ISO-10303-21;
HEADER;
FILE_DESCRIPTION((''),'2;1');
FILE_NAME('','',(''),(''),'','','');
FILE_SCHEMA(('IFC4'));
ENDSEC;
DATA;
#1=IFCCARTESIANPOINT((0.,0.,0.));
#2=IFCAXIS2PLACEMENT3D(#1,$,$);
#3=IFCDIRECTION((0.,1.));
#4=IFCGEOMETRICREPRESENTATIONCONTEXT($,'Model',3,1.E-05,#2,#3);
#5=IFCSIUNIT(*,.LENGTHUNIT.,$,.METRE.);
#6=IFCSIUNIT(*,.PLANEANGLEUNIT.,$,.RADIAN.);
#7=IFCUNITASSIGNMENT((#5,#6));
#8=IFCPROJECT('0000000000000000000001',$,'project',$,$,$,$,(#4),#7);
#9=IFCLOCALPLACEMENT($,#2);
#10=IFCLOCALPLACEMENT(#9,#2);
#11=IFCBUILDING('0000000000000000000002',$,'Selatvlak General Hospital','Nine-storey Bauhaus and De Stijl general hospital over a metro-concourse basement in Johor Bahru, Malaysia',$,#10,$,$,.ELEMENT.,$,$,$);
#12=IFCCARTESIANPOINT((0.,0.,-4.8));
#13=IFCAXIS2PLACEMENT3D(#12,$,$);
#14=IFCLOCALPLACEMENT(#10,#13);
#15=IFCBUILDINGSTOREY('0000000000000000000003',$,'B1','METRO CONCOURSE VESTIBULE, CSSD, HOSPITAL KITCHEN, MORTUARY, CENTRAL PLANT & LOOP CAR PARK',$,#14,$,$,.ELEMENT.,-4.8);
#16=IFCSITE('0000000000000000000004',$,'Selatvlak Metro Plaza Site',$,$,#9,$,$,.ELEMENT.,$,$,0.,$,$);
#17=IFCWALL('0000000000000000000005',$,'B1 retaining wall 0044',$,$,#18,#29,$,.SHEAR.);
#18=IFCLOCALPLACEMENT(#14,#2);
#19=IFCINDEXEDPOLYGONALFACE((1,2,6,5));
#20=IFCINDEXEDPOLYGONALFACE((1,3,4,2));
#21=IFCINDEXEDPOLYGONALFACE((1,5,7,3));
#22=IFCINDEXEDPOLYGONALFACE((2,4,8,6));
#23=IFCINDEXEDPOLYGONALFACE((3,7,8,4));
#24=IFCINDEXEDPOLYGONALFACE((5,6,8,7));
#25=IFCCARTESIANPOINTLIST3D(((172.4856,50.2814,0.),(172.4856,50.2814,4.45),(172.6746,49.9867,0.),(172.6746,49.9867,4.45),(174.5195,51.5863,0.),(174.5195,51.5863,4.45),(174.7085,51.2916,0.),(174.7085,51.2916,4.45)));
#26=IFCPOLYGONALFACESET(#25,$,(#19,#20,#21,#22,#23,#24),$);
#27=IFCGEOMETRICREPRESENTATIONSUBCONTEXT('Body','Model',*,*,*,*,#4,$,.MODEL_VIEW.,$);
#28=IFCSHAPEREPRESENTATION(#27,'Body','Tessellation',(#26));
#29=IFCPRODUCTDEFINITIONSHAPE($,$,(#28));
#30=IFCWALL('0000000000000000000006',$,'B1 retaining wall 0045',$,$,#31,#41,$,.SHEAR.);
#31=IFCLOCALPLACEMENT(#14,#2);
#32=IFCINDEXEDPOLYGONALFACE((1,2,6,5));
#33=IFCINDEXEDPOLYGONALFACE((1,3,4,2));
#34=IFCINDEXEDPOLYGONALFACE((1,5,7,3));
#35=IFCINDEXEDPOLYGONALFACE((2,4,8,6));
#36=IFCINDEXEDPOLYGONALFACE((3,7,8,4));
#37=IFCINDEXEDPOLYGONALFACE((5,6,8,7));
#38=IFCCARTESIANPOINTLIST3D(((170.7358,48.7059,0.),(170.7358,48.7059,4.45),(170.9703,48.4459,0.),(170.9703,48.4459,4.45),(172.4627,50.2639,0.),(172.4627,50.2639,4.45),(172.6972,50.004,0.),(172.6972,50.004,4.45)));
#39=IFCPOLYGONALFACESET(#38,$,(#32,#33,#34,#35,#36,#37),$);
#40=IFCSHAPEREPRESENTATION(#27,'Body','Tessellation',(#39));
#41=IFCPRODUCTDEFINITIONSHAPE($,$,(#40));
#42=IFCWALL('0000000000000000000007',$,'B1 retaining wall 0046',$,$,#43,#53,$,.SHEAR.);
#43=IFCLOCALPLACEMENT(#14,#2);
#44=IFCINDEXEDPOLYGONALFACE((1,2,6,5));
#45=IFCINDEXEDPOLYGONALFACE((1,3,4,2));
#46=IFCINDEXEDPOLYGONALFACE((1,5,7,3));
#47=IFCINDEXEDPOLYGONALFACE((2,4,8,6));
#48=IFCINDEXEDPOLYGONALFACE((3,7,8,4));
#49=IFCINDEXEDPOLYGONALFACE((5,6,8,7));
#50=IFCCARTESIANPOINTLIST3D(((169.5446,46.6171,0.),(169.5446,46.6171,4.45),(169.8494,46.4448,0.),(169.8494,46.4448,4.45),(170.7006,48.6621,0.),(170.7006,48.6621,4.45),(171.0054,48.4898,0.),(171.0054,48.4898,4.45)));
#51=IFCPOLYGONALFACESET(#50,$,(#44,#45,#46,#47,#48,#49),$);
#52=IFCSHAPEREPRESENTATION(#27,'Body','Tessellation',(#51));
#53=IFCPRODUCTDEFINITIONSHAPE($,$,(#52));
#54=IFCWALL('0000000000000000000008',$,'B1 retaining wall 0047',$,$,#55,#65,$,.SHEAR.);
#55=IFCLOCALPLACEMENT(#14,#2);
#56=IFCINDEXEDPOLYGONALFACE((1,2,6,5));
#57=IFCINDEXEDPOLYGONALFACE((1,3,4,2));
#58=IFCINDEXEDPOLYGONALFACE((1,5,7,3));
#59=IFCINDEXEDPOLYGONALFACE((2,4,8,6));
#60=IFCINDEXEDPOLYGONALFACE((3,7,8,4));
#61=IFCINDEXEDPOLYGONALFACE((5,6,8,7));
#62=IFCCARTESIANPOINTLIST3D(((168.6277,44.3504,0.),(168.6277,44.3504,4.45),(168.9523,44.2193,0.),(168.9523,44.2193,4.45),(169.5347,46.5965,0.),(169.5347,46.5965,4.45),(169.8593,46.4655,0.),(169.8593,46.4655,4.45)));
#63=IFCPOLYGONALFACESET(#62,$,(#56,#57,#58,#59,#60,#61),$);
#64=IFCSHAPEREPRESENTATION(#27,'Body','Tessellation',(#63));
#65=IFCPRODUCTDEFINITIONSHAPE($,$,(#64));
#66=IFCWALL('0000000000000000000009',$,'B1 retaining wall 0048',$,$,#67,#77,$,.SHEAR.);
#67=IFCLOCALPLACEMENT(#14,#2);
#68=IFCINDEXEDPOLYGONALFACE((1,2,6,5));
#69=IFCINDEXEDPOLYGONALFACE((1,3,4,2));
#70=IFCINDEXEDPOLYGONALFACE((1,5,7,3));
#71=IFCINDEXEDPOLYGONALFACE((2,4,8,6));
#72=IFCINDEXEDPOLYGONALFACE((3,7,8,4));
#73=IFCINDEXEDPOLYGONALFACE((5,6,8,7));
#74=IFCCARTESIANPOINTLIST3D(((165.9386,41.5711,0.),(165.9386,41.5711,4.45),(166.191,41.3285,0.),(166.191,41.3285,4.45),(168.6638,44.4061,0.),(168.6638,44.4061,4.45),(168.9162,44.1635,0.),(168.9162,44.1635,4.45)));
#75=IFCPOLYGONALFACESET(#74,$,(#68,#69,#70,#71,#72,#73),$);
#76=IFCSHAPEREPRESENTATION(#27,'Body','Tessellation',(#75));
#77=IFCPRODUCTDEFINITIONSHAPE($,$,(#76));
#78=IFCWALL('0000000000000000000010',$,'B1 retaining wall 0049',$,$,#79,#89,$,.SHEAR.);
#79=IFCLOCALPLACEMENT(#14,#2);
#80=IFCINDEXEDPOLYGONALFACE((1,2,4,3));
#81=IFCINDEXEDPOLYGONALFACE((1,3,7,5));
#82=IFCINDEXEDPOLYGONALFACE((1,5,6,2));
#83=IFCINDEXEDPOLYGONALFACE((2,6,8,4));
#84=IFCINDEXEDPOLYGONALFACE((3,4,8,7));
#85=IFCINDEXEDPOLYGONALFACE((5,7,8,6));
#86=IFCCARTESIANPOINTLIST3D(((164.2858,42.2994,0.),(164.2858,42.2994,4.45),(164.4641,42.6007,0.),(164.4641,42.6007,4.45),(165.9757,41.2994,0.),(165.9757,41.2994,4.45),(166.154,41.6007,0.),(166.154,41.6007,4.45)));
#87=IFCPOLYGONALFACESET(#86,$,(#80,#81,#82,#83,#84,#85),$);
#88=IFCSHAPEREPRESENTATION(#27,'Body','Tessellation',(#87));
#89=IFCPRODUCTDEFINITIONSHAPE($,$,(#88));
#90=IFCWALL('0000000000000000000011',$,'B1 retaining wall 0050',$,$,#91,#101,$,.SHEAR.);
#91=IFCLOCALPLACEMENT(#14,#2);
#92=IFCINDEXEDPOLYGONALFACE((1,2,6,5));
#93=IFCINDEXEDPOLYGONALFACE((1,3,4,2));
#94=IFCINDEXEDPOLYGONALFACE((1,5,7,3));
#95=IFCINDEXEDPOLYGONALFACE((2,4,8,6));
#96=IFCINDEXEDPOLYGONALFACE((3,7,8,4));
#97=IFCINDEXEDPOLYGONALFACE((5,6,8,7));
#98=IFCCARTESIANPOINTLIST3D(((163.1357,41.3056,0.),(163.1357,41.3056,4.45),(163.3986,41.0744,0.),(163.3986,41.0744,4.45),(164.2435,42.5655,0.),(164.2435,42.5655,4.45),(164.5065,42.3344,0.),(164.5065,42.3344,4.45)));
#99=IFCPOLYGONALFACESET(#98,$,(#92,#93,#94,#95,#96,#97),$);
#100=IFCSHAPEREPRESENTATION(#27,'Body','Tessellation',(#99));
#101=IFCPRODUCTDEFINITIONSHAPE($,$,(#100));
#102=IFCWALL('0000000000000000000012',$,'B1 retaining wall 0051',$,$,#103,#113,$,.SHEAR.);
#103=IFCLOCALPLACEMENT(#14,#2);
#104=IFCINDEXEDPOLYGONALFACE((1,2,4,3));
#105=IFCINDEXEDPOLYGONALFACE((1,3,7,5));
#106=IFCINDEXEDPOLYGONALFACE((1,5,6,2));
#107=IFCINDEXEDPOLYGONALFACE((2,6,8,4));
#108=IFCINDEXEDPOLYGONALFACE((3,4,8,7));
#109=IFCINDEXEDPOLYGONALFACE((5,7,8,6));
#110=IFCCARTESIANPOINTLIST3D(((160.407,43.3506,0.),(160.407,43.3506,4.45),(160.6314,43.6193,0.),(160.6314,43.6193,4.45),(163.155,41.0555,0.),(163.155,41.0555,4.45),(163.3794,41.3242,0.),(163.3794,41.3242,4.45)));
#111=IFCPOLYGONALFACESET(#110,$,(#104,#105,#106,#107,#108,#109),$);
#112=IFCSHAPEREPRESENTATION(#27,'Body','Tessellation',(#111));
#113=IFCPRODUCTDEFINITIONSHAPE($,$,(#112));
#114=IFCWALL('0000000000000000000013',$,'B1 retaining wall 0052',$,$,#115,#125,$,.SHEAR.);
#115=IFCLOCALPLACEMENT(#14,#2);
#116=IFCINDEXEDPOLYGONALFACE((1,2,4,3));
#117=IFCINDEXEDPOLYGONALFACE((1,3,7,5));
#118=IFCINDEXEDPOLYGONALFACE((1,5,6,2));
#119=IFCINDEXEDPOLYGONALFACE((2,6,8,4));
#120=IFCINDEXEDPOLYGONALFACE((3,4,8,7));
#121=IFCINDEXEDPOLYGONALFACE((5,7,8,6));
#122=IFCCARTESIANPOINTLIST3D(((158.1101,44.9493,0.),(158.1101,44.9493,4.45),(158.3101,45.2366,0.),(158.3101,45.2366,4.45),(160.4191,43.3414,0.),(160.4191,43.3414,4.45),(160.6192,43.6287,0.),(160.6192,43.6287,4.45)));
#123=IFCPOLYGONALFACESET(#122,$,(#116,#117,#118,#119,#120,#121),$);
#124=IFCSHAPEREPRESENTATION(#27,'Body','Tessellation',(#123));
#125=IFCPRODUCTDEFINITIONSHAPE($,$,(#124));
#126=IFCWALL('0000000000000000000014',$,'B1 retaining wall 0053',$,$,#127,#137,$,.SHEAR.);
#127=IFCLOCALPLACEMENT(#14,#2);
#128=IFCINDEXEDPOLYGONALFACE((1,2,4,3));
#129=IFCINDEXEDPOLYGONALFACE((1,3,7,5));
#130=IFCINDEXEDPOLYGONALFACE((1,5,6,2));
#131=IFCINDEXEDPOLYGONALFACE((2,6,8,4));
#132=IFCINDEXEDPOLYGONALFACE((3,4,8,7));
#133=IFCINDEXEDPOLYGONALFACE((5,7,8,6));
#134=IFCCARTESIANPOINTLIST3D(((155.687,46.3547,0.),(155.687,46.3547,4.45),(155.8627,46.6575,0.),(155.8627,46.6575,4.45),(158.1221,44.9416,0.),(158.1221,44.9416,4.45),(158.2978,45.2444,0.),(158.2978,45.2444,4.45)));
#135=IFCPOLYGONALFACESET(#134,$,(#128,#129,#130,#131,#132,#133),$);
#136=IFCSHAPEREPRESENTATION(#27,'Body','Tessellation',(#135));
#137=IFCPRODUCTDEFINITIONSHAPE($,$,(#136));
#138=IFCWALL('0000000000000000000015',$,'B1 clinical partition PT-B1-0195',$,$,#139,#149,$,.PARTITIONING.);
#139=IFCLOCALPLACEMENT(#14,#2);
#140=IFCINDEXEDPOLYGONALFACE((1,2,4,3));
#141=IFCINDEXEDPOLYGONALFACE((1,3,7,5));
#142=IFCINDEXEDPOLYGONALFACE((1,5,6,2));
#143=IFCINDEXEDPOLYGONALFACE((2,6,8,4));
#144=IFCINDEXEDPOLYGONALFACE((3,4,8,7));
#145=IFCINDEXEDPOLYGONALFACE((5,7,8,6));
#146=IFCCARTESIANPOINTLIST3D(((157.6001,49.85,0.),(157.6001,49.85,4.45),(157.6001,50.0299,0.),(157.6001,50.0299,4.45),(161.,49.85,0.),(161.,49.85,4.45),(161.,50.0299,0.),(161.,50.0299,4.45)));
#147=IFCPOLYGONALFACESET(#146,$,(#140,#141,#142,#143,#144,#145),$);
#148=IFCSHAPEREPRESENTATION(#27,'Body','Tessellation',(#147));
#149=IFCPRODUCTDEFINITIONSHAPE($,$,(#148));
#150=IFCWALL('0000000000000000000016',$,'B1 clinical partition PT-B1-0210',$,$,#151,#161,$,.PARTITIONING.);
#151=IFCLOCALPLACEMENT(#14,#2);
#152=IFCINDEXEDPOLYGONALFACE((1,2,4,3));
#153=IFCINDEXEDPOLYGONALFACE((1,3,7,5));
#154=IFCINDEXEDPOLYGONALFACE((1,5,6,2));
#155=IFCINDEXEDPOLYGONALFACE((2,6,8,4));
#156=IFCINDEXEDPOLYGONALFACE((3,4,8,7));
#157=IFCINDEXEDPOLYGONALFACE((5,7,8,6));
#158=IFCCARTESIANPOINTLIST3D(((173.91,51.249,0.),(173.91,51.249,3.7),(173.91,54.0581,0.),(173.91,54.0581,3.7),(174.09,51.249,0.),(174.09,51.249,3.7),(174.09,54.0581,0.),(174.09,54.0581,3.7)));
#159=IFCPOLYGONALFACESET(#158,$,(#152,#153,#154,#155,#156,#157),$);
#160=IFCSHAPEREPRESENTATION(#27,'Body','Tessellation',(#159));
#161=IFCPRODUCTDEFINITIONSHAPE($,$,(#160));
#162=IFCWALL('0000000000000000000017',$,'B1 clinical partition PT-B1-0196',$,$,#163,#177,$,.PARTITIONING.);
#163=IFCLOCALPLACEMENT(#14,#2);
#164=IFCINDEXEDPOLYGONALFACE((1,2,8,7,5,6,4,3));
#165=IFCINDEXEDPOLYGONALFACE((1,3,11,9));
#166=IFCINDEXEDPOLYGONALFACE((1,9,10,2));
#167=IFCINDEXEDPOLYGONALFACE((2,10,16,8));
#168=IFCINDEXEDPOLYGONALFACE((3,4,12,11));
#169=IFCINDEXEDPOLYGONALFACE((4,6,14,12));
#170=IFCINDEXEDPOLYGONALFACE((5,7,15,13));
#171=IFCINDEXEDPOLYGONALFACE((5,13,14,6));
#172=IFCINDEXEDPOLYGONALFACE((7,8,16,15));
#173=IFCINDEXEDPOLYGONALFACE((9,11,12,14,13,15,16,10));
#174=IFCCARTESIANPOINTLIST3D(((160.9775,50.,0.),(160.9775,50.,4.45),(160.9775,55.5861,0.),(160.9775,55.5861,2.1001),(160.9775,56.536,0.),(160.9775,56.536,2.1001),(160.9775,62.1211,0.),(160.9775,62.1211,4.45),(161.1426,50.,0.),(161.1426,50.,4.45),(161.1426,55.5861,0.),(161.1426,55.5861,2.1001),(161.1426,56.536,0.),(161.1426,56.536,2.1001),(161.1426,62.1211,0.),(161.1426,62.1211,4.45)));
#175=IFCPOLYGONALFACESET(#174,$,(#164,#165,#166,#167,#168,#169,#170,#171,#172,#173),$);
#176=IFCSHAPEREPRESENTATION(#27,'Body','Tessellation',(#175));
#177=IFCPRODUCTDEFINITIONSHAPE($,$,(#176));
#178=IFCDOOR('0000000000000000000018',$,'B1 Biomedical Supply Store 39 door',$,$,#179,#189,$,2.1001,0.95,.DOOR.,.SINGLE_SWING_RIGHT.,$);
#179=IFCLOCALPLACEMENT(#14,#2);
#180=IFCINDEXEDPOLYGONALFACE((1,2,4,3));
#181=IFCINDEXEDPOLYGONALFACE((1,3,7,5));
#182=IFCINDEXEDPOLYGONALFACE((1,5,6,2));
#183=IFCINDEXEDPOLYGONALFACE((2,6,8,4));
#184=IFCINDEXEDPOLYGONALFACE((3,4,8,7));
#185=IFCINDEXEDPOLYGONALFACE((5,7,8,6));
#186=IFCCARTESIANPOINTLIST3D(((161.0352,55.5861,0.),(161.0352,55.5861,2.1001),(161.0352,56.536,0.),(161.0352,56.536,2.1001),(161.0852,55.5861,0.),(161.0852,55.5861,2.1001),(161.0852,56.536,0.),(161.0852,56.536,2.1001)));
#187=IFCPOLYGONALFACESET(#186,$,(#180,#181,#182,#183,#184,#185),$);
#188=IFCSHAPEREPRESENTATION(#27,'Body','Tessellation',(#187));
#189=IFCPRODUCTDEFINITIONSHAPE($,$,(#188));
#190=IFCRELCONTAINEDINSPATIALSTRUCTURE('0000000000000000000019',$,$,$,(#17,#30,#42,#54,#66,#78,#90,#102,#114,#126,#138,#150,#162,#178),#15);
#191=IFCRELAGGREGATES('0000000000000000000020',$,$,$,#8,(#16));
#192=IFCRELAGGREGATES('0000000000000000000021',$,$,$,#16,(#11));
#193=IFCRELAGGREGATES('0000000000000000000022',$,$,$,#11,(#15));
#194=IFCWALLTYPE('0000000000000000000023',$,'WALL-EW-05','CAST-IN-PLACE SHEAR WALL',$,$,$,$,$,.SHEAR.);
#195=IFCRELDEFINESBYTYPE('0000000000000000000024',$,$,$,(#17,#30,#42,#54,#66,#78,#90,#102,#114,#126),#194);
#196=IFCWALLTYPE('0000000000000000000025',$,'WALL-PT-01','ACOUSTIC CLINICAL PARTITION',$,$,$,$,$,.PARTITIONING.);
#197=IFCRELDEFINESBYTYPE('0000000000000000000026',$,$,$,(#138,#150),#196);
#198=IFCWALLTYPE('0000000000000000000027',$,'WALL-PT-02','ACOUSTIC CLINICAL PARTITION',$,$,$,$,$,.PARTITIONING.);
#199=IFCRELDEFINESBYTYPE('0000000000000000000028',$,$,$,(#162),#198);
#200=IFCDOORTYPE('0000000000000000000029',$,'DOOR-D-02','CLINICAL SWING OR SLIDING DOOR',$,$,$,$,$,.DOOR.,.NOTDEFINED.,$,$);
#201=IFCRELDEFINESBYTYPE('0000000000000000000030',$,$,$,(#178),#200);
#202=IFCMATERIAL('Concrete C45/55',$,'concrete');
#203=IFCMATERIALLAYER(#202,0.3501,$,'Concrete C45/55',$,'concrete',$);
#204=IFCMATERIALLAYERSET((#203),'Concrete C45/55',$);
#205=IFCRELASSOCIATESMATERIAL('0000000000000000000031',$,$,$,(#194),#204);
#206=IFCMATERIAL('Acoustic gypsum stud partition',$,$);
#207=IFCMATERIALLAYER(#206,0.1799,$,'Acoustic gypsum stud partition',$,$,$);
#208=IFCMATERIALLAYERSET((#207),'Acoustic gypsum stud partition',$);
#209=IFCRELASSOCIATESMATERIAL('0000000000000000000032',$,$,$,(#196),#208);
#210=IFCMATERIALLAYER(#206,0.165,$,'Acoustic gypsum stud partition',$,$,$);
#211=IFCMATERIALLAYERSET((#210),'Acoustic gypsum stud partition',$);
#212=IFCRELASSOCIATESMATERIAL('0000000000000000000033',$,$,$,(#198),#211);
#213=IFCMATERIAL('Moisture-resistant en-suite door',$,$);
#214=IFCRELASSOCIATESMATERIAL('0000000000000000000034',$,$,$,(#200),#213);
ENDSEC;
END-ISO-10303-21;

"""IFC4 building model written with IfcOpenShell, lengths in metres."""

from ifc_helpers import new_model, si_unit, direction, frame, frame_2d, origin, place, context, subcontext, project, spatial, rectangle, extrude, material, layer, layer_set, type_object, element, fill, save


model = new_model("IFC4")

# Units and contexts
model_context = context("Model", 3, precision=1e-05, world=origin(), true_north=direction((0.0, 1.0)))
body_context = subcontext(model_context, "Body", "Model", "MODEL_VIEW")
ifc_project = project(units=[si_unit("LENGTHUNIT", "METRE"), si_unit("PLANEANGLEUNIT", "RADIAN")], contexts=[model_context])

# Site, building, storey
site_placement = place(None, origin())
site = spatial("IfcSite", under=ifc_project, at=site_placement, Name="Selatvlak Metro Plaza Site", CompositionType="ELEMENT", RefElevation=0.0)
building_placement = place(site_placement, origin())
building = spatial("IfcBuilding", under=site, at=building_placement, Name="Selatvlak General Hospital", Description="Nine-storey Bauhaus and De Stijl general hospital over a metro-concourse basement in Johor Bahru, Malaysia", CompositionType="ELEMENT")
storey_placement = place(building_placement, frame((0.0, 0.0, -4.8)))
storey = spatial("IfcBuildingStorey", under=building, at=storey_placement, Name="B1", Description="METRO CONCOURSE VESTIBULE, CSSD, HOSPITAL KITCHEN, MORTUARY, CENTRAL PLANT & LOOP CAR PARK", CompositionType="ELEMENT", Elevation=-4.8)

# Walls
ifc_material_1 = material(Name="Concrete C45/55", Category="concrete")
ifc_layer_1 = layer(ifc_material_1, 0.3501, Name="Concrete C45/55", Category="concrete")
ifc_layer_set_1 = layer_set([ifc_layer_1], Name="Concrete C45/55")
wall_type_1 = type_object("IfcWallType", Name="WALL-EW-05", Description="CAST-IN-PLACE SHEAR WALL", PredefinedType="SHEAR", material=ifc_layer_set_1)
wall_1_placement = place(storey_placement, frame((174.614, 51.439, 0.0), z_axis=(0.0, 0.0, 1.0), x_axis=(-0.841667, -0.539997, 0.0)))
element("IfcWall", 1, at=wall_1_placement, inside=storey, type_object=wall_type_1, Name="B1 retaining wall 0044", PredefinedType="SHEAR", context=body_context, shape_type="SweptSolid", body=[
    extrude(rectangle(XDim=2.4165, YDim=0.3501, at=frame_2d((1.2083, 0.0))), origin(), (0.0, 0.0, 1.0), 4.45),
])
wall_2_placement = place(storey_placement, frame((172.5801, 50.134, 0.0), z_axis=(0.0, 0.0, 1.0), x_axis=(-0.74249, -0.669857, 0.0)))
element("IfcWall", 2, at=wall_2_placement, inside=storey, type_object=wall_type_1, Name="B1 retaining wall 0045", PredefinedType="SHEAR", context=body_context, shape_type="SweptSolid", body=[
    extrude(rectangle(XDim=2.3259, YDim=0.3501, at=frame_2d((1.1631, 0.0))), origin(), (0.0, 0.0, 1.0), 4.45),
])
wall_3_placement = place(storey_placement, frame((170.853, 48.5759, 0.0), z_axis=(0.0, 0.0, 1.0), x_axis=(-0.492115, -0.87053, 0.0)))
element("IfcWall", 3, at=wall_3_placement, inside=storey, type_object=wall_type_1, Name="B1 retaining wall 0046", PredefinedType="SHEAR", context=body_context, shape_type="SweptSolid", body=[
    extrude(rectangle(XDim=2.3491, YDim=0.3501, at=frame_2d((1.1746, 0.0))), origin(), (0.0, 0.0, 1.0), 4.45),
])
wall_4_placement = place(storey_placement, frame((169.697, 46.531, 0.0), z_axis=(0.0, 0.0, 1.0), x_axis=(-0.37443, -0.927255, 0.0)))
element("IfcWall", 4, at=wall_4_placement, inside=storey, type_object=wall_type_1, Name="B1 retaining wall 0047", PredefinedType="SHEAR", context=body_context, shape_type="SweptSolid", body=[
    extrude(rectangle(XDim=2.4224, YDim=0.3501, at=frame_2d((1.2112, 0.0))), origin(), (0.0, 0.0, 1.0), 4.45),
])
wall_5_placement = place(storey_placement, frame((168.79, 44.2849, 0.0), z_axis=(0.0, 0.0, 1.0), x_axis=(-0.693, -0.720938, 0.0)))
element("IfcWall", 5, at=wall_5_placement, inside=storey, type_object=wall_type_1, Name="B1 retaining wall 0048", PredefinedType="SHEAR", context=body_context, shape_type="SweptSolid", body=[
    extrude(rectangle(XDim=3.9324, YDim=0.3501, at=frame_2d((1.9663, 0.0))), origin(), (0.0, 0.0, 1.0), 4.45),
])
wall_6_placement = place(storey_placement, frame((166.0649, 41.45, 0.0), z_axis=(0.0, 0.0, 1.0), x_axis=(-0.860614, 0.509257, 0.0)))
element("IfcWall", 6, at=wall_6_placement, inside=storey, type_object=wall_type_1, Name="B1 retaining wall 0049", PredefinedType="SHEAR", context=body_context, shape_type="SweptSolid", body=[
    extrude(rectangle(XDim=1.9636, YDim=0.3501, at=frame_2d((0.9819, 0.0))), origin(), (0.0, 0.0, 1.0), 4.45),
])
wall_7_placement = place(storey_placement, frame((164.375, 42.45, 0.0), z_axis=(0.0, 0.0, 1.0), x_axis=(-0.660326, -0.750979, 0.0)))
element("IfcWall", 7, at=wall_7_placement, inside=storey, type_object=wall_type_1, Name="B1 retaining wall 0050", PredefinedType="SHEAR", context=body_context, shape_type="SweptSolid", body=[
    extrude(rectangle(XDim=1.6777, YDim=0.3501, at=frame_2d((0.8389, 0.0))), origin(), (0.0, 0.0, 1.0), 4.45),
])
wall_8_placement = place(storey_placement, frame((163.2671, 41.1899, 0.0), z_axis=(0.0, 0.0, 1.0), x_axis=(-0.767517, 0.641029, 0.0)))
element("IfcWall", 8, at=wall_8_placement, inside=storey, type_object=wall_type_1, Name="B1 retaining wall 0051", PredefinedType="SHEAR", context=body_context, shape_type="SweptSolid", body=[
    extrude(rectangle(XDim=3.5803, YDim=0.3501, at=frame_2d((1.79, 0.0))), origin(), (0.0, 0.0, 1.0), 4.45),
])
wall_9_placement = place(storey_placement, frame((160.519, 43.4851, 0.0), z_axis=(0.0, 0.0, 1.0), x_axis=(-0.82064, 0.571446, 0.0)))
element("IfcWall", 9, at=wall_9_placement, inside=storey, type_object=wall_type_1, Name="B1 retaining wall 0052", PredefinedType="SHEAR", context=body_context, shape_type="SweptSolid", body=[
    extrude(rectangle(XDim=2.8137, YDim=0.3501, at=frame_2d((1.4067, 0.0))), origin(), (0.0, 0.0, 1.0), 4.45),
])
wall_10_placement = place(storey_placement, frame((158.21, 45.093, 0.0), z_axis=(0.0, 0.0, 1.0), x_axis=(-0.864915, 0.501918, 0.0)))
element("IfcWall", 10, at=wall_10_placement, inside=storey, type_object=wall_type_1, Name="B1 retaining wall 0053", PredefinedType="SHEAR", context=body_context, shape_type="SweptSolid", body=[
    extrude(rectangle(XDim=2.8154, YDim=0.3501, at=frame_2d((1.4077, 0.0))), origin(), (0.0, 0.0, 1.0), 4.45),
])
ifc_material_2 = material(Name="Acoustic gypsum stud partition")
ifc_layer_2 = layer(ifc_material_2, 0.1799, Name="Acoustic gypsum stud partition")
ifc_layer_set_2 = layer_set([ifc_layer_2], Name="Acoustic gypsum stud partition")
wall_type_2 = type_object("IfcWallType", Name="WALL-PT-01", Description="ACOUSTIC CLINICAL PARTITION", PredefinedType="PARTITIONING", material=ifc_layer_set_2)
wall_11_placement = place(storey_placement, frame((157.6001, 49.9399, 0.0), z_axis=(0.0, 0.0, 1.0), x_axis=(1.0, 0.0, 0.0)))
element("IfcWall", 11, at=wall_11_placement, inside=storey, type_object=wall_type_2, Name="B1 clinical partition PT-B1-0195", PredefinedType="PARTITIONING", context=body_context, shape_type="SweptSolid", body=[
    extrude(rectangle(XDim=3.3999, YDim=0.1799, at=frame_2d((1.7, 0.0))), origin(), (0.0, 0.0, 1.0), 4.45),
])
wall_12_placement = place(storey_placement, frame((174.0, 54.0581, 0.0), z_axis=(0.0, 0.0, 1.0), x_axis=(0.0, -1.0, 0.0)))
element("IfcWall", 12, at=wall_12_placement, inside=storey, type_object=wall_type_2, Name="B1 clinical partition PT-B1-0210", PredefinedType="PARTITIONING", context=body_context, shape_type="SweptSolid", body=[
    extrude(rectangle(XDim=2.8091, YDim=0.1799, at=frame_2d((1.4045, 0.0))), origin(), (0.0, 0.0, 1.0), 3.7),
])

# Wall, opening, door
ifc_layer_3 = layer(ifc_material_2, 0.165, Name="Acoustic gypsum stud partition")
ifc_layer_set_3 = layer_set([ifc_layer_3], Name="Acoustic gypsum stud partition")
wall_type_3 = type_object("IfcWallType", Name="WALL-PT-02", Description="ACOUSTIC CLINICAL PARTITION", PredefinedType="PARTITIONING", material=ifc_layer_set_3)
wall_13_placement = place(storey_placement, frame((161.0601, 50.0, 0.0), z_axis=(0.0, 0.0, 1.0), x_axis=(0.0, 1.0, 0.0)))
wall_13 = element("IfcWall", 13, at=wall_13_placement, inside=storey, type_object=wall_type_3, Name="B1 clinical partition PT-B1-0196", PredefinedType="PARTITIONING", context=body_context, shape_type="SweptSolid", body=[
    extrude(rectangle(XDim=12.1211, YDim=0.165, at=frame_2d((6.0605, 0.0))), origin(), (0.0, 0.0, 1.0), 4.45),
])
opening_1_placement = place(wall_13_placement, frame((5.5859, 0.0, 0.0)))
opening_1 = element("IfcOpeningElement", 14, at=opening_1_placement, cuts=wall_13, PredefinedType="OPENING", context=body_context, shape_type="SweptSolid", body=[
    extrude(rectangle(XDim=0.95, YDim=2.1001, at=frame_2d((0.4751, 1.05))), frame((0.0, 0.0925, 0.0), z_axis=(0.0, -1.0, 0.0), x_axis=(1.0, 0.0, 0.0)), (0.0, 0.0, 1.0), 0.1851),
])
ifc_material_3 = material(Name="Moisture-resistant en-suite door")
door_type_1 = type_object("IfcDoorType", Name="DOOR-D-02", Description="CLINICAL SWING OR SLIDING DOOR", OperationType="NOTDEFINED", PredefinedType="DOOR", material=ifc_material_3)
door_1_placement = place(opening_1_placement, origin())
door_1 = element("IfcDoor", 15, at=door_1_placement, inside=storey, type_object=door_type_1, Name="B1 Biomedical Supply Store 39 door", OperationType="SINGLE_SWING_RIGHT", OverallHeight=2.1001, OverallWidth=0.95, PredefinedType="DOOR", context=body_context, shape_type="SweptSolid", body=[
    extrude(rectangle(XDim=0.95, YDim=2.1001, at=frame_2d((0.4751, 1.05))), frame((0.0, 0.0249, 0.0), z_axis=(0.0, -1.0, 0.0), x_axis=(1.0, 0.0, 0.0)), (0.0, 0.0, 1.0), 0.05),
])
fill(opening_1, door_1)

save(model, "model.ifc")
